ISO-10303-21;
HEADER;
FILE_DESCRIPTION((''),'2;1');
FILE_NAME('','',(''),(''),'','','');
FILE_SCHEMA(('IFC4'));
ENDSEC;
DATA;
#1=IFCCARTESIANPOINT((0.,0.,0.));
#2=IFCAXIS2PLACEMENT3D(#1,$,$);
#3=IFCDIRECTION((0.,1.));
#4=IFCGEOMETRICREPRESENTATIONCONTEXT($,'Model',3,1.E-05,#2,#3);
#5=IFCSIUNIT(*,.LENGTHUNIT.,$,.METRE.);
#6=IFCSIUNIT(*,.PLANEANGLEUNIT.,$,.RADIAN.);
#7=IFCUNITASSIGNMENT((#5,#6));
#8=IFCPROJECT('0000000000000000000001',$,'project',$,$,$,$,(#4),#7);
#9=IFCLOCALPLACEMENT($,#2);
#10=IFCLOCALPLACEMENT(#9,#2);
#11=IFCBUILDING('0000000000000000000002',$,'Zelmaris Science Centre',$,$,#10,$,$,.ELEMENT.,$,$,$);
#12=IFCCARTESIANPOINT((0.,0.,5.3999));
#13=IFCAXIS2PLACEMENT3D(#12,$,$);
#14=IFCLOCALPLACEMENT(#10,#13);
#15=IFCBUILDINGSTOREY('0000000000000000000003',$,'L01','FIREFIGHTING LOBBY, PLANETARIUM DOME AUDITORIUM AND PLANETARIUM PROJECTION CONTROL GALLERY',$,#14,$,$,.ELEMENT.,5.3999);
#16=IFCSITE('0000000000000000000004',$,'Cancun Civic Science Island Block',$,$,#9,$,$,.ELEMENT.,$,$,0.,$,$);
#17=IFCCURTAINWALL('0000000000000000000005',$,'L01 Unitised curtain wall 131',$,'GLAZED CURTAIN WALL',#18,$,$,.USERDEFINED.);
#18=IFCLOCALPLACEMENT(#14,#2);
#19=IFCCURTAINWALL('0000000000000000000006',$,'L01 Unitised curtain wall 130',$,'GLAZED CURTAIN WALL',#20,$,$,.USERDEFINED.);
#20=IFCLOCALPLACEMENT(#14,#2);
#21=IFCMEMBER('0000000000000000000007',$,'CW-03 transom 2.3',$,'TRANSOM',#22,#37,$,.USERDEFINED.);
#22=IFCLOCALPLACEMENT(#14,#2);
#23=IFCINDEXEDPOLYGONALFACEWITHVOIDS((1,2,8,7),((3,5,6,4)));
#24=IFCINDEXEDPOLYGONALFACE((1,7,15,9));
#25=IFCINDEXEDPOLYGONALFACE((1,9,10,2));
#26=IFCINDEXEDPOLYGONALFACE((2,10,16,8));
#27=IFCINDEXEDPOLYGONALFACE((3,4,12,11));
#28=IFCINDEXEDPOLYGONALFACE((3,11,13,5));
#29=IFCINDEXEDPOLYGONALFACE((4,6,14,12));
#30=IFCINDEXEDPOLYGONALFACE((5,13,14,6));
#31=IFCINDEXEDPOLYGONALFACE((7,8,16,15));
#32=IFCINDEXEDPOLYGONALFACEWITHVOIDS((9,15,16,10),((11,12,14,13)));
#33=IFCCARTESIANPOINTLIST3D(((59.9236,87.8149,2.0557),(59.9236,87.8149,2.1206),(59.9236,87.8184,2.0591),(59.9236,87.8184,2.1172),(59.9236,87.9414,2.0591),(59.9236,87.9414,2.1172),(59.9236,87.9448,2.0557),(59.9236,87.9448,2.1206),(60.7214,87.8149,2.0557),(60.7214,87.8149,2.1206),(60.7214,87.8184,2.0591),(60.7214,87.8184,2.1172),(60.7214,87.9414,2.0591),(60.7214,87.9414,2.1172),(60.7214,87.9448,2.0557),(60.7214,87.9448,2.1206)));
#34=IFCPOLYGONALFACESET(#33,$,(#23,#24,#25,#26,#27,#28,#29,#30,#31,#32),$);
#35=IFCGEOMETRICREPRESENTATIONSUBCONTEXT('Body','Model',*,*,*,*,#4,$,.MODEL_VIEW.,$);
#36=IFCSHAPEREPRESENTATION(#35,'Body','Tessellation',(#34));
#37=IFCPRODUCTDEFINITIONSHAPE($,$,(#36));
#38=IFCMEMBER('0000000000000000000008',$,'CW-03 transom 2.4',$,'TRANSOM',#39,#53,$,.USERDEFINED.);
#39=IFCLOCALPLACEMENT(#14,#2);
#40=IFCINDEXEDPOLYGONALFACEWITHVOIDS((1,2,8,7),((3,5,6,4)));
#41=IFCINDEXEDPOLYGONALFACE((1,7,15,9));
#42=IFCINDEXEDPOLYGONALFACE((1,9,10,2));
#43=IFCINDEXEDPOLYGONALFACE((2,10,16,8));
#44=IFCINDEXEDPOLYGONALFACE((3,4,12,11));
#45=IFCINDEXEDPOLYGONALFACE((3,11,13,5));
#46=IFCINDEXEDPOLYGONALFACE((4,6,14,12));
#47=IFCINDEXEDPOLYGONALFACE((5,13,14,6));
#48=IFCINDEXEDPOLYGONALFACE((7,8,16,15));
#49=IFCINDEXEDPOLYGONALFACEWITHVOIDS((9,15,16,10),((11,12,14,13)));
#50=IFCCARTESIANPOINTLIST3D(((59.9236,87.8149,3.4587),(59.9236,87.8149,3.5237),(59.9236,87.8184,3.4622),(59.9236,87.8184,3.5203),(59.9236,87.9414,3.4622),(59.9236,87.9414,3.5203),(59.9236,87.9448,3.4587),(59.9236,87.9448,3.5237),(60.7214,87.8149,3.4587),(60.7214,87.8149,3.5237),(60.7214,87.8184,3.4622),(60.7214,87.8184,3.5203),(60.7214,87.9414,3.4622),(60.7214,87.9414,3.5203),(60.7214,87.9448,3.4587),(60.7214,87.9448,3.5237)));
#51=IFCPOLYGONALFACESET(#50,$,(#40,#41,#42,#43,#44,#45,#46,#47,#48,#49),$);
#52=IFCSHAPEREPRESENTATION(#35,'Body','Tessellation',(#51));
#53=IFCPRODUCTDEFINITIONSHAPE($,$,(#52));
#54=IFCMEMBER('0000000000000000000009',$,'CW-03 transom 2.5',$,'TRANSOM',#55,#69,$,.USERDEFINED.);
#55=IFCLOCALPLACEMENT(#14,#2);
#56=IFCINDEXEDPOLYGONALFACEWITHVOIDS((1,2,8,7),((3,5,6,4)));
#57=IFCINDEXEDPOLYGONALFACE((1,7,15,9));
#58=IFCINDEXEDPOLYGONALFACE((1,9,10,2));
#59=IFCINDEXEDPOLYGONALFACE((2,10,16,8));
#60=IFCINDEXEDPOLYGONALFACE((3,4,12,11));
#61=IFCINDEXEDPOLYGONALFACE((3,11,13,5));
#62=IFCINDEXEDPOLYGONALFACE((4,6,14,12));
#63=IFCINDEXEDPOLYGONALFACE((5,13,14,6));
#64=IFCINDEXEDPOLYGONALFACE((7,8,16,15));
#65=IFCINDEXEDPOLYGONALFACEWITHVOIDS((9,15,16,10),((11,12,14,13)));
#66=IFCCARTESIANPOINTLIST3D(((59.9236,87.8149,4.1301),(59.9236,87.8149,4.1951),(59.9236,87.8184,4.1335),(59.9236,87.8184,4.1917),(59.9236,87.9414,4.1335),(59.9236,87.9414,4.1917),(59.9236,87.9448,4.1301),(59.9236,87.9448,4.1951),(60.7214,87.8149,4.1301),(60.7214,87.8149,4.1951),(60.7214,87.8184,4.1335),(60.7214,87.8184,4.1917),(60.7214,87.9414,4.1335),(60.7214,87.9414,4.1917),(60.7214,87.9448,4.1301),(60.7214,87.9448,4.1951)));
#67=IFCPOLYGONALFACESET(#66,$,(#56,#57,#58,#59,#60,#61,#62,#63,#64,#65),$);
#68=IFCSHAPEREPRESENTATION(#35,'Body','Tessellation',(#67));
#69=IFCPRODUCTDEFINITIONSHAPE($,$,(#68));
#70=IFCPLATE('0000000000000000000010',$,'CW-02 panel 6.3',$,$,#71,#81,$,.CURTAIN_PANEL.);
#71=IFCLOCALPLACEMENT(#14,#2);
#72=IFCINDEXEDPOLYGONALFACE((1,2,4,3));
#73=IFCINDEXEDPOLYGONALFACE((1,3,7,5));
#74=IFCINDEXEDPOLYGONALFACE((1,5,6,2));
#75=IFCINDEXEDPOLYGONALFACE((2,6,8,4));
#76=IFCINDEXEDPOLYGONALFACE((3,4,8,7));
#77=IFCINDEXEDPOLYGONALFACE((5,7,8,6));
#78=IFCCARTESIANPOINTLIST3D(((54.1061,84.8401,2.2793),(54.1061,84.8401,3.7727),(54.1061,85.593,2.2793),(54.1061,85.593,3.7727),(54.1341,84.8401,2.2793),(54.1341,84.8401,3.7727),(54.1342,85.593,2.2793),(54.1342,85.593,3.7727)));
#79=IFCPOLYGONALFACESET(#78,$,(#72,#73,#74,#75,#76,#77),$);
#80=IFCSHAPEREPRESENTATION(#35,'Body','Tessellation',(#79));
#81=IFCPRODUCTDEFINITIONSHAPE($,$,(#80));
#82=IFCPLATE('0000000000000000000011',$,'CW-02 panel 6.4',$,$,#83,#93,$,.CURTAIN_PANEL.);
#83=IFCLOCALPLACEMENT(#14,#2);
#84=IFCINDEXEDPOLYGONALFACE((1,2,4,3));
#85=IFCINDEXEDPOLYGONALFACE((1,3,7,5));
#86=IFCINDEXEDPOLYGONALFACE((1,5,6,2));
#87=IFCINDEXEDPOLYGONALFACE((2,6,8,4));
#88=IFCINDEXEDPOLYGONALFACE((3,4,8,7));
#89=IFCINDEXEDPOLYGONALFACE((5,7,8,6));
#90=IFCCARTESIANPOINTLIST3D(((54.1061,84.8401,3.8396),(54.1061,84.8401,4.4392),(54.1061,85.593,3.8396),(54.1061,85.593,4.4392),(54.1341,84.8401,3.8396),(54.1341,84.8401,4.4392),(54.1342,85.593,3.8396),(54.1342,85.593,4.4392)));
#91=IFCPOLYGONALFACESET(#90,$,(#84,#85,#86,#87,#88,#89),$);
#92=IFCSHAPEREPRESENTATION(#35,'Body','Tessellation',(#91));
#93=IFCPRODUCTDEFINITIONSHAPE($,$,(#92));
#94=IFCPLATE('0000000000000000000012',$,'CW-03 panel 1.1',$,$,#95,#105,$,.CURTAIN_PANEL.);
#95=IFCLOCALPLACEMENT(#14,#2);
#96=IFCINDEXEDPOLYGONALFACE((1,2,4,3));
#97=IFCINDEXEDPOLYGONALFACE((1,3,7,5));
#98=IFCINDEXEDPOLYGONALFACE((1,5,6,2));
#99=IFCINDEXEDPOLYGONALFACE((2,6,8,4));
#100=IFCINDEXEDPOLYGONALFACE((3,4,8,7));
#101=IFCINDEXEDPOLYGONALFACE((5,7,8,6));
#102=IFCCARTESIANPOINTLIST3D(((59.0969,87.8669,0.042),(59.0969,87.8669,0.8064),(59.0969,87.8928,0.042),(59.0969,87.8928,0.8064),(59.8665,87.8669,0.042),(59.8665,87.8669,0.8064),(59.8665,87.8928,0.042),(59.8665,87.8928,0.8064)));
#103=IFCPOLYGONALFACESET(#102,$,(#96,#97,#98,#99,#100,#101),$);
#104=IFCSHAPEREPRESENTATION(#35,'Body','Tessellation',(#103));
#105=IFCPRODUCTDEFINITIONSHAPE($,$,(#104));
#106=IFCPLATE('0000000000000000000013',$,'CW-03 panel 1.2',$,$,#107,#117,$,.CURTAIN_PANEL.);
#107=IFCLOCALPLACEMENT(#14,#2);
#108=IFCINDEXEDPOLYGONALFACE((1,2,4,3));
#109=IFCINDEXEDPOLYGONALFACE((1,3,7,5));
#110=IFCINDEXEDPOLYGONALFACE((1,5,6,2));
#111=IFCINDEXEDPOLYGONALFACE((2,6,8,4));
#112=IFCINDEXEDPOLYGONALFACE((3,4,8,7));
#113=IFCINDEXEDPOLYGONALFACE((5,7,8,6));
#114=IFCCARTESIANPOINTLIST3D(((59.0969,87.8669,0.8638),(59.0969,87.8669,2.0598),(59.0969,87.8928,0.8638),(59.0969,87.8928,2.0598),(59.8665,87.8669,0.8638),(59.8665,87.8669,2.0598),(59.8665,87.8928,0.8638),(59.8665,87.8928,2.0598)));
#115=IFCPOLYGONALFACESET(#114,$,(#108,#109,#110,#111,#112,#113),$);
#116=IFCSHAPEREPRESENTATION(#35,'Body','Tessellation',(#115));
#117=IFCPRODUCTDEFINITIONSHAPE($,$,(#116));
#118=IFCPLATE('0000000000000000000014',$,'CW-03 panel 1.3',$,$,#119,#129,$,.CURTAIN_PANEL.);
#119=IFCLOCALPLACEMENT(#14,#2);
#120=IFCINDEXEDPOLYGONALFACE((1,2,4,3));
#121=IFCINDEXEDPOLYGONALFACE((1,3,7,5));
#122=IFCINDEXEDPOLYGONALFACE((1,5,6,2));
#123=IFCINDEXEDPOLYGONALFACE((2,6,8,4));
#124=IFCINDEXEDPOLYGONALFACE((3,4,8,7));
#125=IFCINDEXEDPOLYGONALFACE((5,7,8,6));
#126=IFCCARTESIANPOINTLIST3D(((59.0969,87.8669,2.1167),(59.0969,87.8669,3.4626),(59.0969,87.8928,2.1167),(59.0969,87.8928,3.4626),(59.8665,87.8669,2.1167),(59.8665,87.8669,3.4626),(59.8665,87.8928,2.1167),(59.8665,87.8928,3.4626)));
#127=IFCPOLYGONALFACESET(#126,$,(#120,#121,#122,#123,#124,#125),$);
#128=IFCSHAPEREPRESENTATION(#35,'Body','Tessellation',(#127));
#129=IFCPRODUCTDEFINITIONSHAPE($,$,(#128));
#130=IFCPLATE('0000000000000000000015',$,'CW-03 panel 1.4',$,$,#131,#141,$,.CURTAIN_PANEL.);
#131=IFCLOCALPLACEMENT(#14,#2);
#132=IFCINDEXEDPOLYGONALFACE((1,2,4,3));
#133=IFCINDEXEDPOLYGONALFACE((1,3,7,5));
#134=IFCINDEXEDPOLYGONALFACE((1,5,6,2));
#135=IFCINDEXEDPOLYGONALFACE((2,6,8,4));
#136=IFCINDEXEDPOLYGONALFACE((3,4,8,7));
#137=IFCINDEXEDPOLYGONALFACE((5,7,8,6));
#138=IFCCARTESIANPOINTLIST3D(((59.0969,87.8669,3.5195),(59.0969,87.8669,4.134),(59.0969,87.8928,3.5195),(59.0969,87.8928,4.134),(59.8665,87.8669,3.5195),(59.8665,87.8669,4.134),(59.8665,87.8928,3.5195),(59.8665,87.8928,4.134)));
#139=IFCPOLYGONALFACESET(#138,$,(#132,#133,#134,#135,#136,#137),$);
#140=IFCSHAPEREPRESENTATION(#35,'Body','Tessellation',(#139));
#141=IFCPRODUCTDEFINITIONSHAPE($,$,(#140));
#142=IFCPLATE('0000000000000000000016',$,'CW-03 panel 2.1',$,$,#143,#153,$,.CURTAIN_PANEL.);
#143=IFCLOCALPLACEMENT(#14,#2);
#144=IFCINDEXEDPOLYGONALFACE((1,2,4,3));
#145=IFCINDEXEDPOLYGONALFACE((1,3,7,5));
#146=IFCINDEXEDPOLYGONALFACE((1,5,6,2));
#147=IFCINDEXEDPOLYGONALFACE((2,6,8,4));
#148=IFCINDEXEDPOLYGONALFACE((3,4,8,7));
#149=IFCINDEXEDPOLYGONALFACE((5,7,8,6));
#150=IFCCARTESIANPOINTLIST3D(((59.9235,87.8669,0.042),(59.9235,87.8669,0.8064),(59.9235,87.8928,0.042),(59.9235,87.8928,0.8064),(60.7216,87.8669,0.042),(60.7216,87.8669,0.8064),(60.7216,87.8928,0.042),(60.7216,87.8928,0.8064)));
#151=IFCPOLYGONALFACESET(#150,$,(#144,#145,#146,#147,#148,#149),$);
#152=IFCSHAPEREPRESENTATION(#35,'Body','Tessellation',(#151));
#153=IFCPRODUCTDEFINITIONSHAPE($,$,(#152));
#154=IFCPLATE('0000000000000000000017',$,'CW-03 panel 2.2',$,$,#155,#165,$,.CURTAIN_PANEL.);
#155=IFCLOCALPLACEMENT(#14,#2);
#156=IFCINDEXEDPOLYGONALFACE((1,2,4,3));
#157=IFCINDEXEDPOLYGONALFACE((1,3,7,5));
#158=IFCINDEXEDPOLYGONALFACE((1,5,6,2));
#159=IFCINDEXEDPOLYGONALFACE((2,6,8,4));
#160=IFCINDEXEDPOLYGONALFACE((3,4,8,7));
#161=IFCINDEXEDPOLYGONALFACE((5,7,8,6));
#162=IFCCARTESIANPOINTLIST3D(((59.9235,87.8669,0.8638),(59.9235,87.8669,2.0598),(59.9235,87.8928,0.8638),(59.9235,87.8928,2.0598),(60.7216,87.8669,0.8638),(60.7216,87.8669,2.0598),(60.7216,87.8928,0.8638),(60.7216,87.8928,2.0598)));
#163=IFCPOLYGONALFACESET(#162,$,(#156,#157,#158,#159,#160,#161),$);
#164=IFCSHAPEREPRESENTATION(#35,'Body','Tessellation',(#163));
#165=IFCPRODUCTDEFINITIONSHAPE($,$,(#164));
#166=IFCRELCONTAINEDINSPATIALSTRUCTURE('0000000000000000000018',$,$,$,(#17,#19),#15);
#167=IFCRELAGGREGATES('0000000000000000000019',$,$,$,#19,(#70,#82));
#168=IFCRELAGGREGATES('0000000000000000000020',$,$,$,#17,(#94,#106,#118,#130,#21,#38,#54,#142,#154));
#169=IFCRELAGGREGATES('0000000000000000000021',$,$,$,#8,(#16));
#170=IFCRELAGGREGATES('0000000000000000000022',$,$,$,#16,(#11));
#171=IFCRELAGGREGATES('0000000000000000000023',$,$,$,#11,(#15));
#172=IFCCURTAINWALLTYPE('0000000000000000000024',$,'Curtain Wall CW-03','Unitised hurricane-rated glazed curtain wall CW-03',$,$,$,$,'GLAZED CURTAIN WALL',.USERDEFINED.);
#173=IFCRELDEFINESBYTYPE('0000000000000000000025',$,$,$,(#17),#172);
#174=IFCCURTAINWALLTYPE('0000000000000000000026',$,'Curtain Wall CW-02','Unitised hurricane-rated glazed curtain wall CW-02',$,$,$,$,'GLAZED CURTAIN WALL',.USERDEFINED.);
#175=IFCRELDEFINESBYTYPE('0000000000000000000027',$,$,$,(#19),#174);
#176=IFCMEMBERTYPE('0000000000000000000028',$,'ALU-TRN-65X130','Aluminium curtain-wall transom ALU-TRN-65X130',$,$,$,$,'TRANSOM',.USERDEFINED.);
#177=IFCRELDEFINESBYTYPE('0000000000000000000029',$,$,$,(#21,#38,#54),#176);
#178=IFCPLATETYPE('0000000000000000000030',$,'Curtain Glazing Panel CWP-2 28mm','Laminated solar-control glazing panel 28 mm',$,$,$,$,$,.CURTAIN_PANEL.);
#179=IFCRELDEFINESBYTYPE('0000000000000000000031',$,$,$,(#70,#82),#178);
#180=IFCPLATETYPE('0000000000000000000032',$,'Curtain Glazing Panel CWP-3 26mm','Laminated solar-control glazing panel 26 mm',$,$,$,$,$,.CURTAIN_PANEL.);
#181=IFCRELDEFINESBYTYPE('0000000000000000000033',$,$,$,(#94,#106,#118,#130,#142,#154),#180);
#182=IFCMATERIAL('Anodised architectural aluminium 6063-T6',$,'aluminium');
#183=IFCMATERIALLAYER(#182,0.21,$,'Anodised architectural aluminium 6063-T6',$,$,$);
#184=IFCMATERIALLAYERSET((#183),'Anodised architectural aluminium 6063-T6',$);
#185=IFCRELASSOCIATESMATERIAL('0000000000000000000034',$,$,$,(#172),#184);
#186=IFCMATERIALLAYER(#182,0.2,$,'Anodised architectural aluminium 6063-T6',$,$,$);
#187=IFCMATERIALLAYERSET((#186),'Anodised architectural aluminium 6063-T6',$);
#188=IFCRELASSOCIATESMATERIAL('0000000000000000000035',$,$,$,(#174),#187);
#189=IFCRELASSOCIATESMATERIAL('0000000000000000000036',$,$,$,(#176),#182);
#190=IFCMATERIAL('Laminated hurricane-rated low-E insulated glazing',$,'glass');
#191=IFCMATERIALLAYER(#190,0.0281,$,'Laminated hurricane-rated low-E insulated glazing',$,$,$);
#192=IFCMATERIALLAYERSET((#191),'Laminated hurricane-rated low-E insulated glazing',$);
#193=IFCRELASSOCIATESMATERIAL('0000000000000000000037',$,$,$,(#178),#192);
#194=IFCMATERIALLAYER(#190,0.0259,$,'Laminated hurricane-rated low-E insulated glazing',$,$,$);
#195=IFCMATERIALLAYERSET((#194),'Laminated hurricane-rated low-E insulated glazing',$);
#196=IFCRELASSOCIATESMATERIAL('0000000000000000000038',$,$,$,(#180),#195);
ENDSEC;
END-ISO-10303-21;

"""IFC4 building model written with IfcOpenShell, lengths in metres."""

from ifc_helpers import new_model, si_unit, direction, frame, origin, origin_2d, place, context, subcontext, project, spatial, rectangle, hollow_rectangle, extrude, material, layer, layer_set, material_profile, profile_set, type_object, element, aggregate, save


model = new_model("IFC4")

# Units and contexts
model_context = context("Model", 3, precision=1e-05, world=origin(), true_north=direction((0.0, 1.0)))
body_context = subcontext(model_context, "Body", "Model", "MODEL_VIEW")
ifc_project = project(units=[si_unit("LENGTHUNIT", "METRE"), si_unit("PLANEANGLEUNIT", "RADIAN")], contexts=[model_context])

# Site, building, storey
site_placement = place(None, origin())
site = spatial("IfcSite", under=ifc_project, at=site_placement, Name="Cancun Civic Science Island Block", CompositionType="ELEMENT", RefElevation=0.0)
building_placement = place(site_placement, origin())
building = spatial("IfcBuilding", under=site, at=building_placement, Name="Zelmaris Science Centre", CompositionType="ELEMENT")
storey_placement = place(building_placement, frame((0.0, 0.0, 5.3999)))
storey = spatial("IfcBuildingStorey", under=building, at=storey_placement, Name="L01", Description="FIREFIGHTING LOBBY, PLANETARIUM DOME AUDITORIUM AND PLANETARIUM PROJECTION CONTROL GALLERY", CompositionType="ELEMENT", Elevation=5.3999)

# Curtain wall
ifc_material_1 = material(Name="Anodised architectural aluminium 6063-T6", Category="aluminium")
ifc_layer_1 = layer(ifc_material_1, 0.21, Name="Anodised architectural aluminium 6063-T6")
ifc_layer_set_1 = layer_set([ifc_layer_1], Name="Anodised architectural aluminium 6063-T6")
curtain_wall_type_1 = type_object("IfcCurtainWallType", Name="Curtain Wall CW-03", Description="Unitised hurricane-rated glazed curtain wall CW-03", ElementType="GLAZED CURTAIN WALL", PredefinedType="USERDEFINED", material=ifc_layer_set_1)
curtain_wall_1_placement = place(storey_placement, origin())
curtain_wall_1 = element("IfcCurtainWall", 1, at=curtain_wall_1_placement, inside=storey, type_object=curtain_wall_type_1, Name="L01 Unitised curtain wall 131", ObjectType="GLAZED CURTAIN WALL", PredefinedType="USERDEFINED")

# Curtain wall
ifc_layer_2 = layer(ifc_material_1, 0.2, Name="Anodised architectural aluminium 6063-T6")
ifc_layer_set_2 = layer_set([ifc_layer_2], Name="Anodised architectural aluminium 6063-T6")
curtain_wall_type_2 = type_object("IfcCurtainWallType", Name="Curtain Wall CW-02", Description="Unitised hurricane-rated glazed curtain wall CW-02", ElementType="GLAZED CURTAIN WALL", PredefinedType="USERDEFINED", material=ifc_layer_set_2)
curtain_wall_2_placement = place(storey_placement, origin())
curtain_wall_2 = element("IfcCurtainWall", 2, at=curtain_wall_2_placement, inside=storey, type_object=curtain_wall_type_2, Name="L01 Unitised curtain wall 130", ObjectType="GLAZED CURTAIN WALL", PredefinedType="USERDEFINED")

# Members
ifc_material_profile_1 = material_profile(ifc_material_1, hollow_rectangle(XDim=0.0649, YDim=0.1299, WallThickness=0.0034, at=origin_2d()), Name="ALU-TRN-65X130")
ifc_profile_set_1 = profile_set([ifc_material_profile_1], Name="Anodised architectural aluminium 6063-T6")
member_type_1 = type_object("IfcMemberType", Name="ALU-TRN-65X130", Description="Aluminium curtain-wall transom ALU-TRN-65X130", ElementType="TRANSOM", PredefinedType="USERDEFINED", material=ifc_profile_set_1)
member_1_placement = place(storey_placement, frame((59.9236, 87.8799, 2.0881), z_axis=(1.0, 0.0, 0.0), x_axis=(0.0, 0.0, 1.0)))
member_1 = element("IfcMember", 3, at=member_1_placement, type_object=member_type_1, Name="CW-03 transom 2.3", ObjectType="TRANSOM", PredefinedType="USERDEFINED", context=body_context, shape_type="SweptSolid", body=[
    extrude(hollow_rectangle(XDim=0.0649, YDim=0.1299, WallThickness=0.0034, at=origin_2d()), origin(), (0.0, 0.0, 1.0), 0.7979),
])
member_2_placement = place(storey_placement, frame((59.9236, 87.8799, 3.4912), z_axis=(1.0, 0.0, 0.0), x_axis=(0.0, 0.0, 1.0)))
member_2 = element("IfcMember", 4, at=member_2_placement, type_object=member_type_1, Name="CW-03 transom 2.4", ObjectType="TRANSOM", PredefinedType="USERDEFINED", context=body_context, shape_type="SweptSolid", body=[
    extrude(hollow_rectangle(XDim=0.0649, YDim=0.1299, WallThickness=0.0034, at=origin_2d()), origin(), (0.0, 0.0, 1.0), 0.7979),
])
member_3_placement = place(storey_placement, frame((59.9236, 87.8799, 4.1626), z_axis=(1.0, 0.0, 0.0), x_axis=(0.0, 0.0, 1.0)))
member_3 = element("IfcMember", 5, at=member_3_placement, type_object=member_type_1, Name="CW-03 transom 2.5", ObjectType="TRANSOM", PredefinedType="USERDEFINED", context=body_context, shape_type="SweptSolid", body=[
    extrude(hollow_rectangle(XDim=0.0649, YDim=0.1299, WallThickness=0.0034, at=origin_2d()), origin(), (0.0, 0.0, 1.0), 0.7979),
])

# Plates
ifc_material_2 = material(Name="Laminated hurricane-rated low-E insulated glazing", Category="glass")
ifc_layer_3 = layer(ifc_material_2, 0.0281, Name="Laminated hurricane-rated low-E insulated glazing")
ifc_layer_set_3 = layer_set([ifc_layer_3], Name="Laminated hurricane-rated low-E insulated glazing")
plate_type_1 = type_object("IfcPlateType", Name="Curtain Glazing Panel CWP-2 28mm", Description="Laminated solar-control glazing panel 28 mm", PredefinedType="CURTAIN_PANEL", material=ifc_layer_set_3)
plate_1_placement = place(storey_placement, frame((54.1201, 85.2166, 2.2793), z_axis=(0.0, 0.0, 1.0), x_axis=(0.00002, 1.0, 0.0)))
plate_1 = element("IfcPlate", 6, at=plate_1_placement, type_object=plate_type_1, Name="CW-02 panel 6.3", PredefinedType="CURTAIN_PANEL", context=body_context, shape_type="SweptSolid", body=[
    extrude(rectangle(XDim=0.7529, YDim=0.0281, at=origin_2d()), origin(), (0.0, 0.0, 1.0), 1.4934),
])
plate_2_placement = place(storey_placement, frame((54.1201, 85.2166, 3.8396), z_axis=(0.0, 0.0, 1.0), x_axis=(0.00002, 1.0, 0.0)))
plate_2 = element("IfcPlate", 7, at=plate_2_placement, type_object=plate_type_1, Name="CW-02 panel 6.4", PredefinedType="CURTAIN_PANEL", context=body_context, shape_type="SweptSolid", body=[
    extrude(rectangle(XDim=0.7529, YDim=0.0281, at=origin_2d()), origin(), (0.0, 0.0, 1.0), 0.5996),
])
aggregate(curtain_wall_2, [plate_1, plate_2])
ifc_layer_4 = layer(ifc_material_2, 0.0259, Name="Laminated hurricane-rated low-E insulated glazing")
ifc_layer_set_4 = layer_set([ifc_layer_4], Name="Laminated hurricane-rated low-E insulated glazing")
plate_type_2 = type_object("IfcPlateType", Name="Curtain Glazing Panel CWP-3 26mm", Description="Laminated solar-control glazing panel 26 mm", PredefinedType="CURTAIN_PANEL", material=ifc_layer_set_4)
plate_3_placement = place(storey_placement, frame((59.4817, 87.8799, 0.042), z_axis=(0.0, 0.0, 1.0), x_axis=(1.0, 0.0, 0.0)))
plate_3 = element("IfcPlate", 8, at=plate_3_placement, type_object=plate_type_2, Name="CW-03 panel 1.1", PredefinedType="CURTAIN_PANEL", context=body_context, shape_type="SweptSolid", body=[
    extrude(rectangle(XDim=0.7695, YDim=0.0259, at=origin_2d()), origin(), (0.0, 0.0, 1.0), 0.7644),
])
plate_4_placement = place(storey_placement, frame((59.4817, 87.8799, 0.8638), z_axis=(0.0, 0.0, 1.0), x_axis=(1.0, 0.0, 0.0)))
plate_4 = element("IfcPlate", 9, at=plate_4_placement, type_object=plate_type_2, Name="CW-03 panel 1.2", PredefinedType="CURTAIN_PANEL", context=body_context, shape_type="SweptSolid", body=[
    extrude(rectangle(XDim=0.7695, YDim=0.0259, at=origin_2d()), origin(), (0.0, 0.0, 1.0), 1.196),
])
plate_5_placement = place(storey_placement, frame((59.4817, 87.8799, 2.1167), z_axis=(0.0, 0.0, 1.0), x_axis=(1.0, 0.0, 0.0)))
plate_5 = element("IfcPlate", 10, at=plate_5_placement, type_object=plate_type_2, Name="CW-03 panel 1.3", PredefinedType="CURTAIN_PANEL", context=body_context, shape_type="SweptSolid", body=[
    extrude(rectangle(XDim=0.7695, YDim=0.0259, at=origin_2d()), origin(), (0.0, 0.0, 1.0), 1.3459),
])
plate_6_placement = place(storey_placement, frame((59.4817, 87.8799, 3.5195), z_axis=(0.0, 0.0, 1.0), x_axis=(1.0, 0.0, 0.0)))
plate_6 = element("IfcPlate", 11, at=plate_6_placement, type_object=plate_type_2, Name="CW-03 panel 1.4", PredefinedType="CURTAIN_PANEL", context=body_context, shape_type="SweptSolid", body=[
    extrude(rectangle(XDim=0.7695, YDim=0.0259, at=origin_2d()), origin(), (0.0, 0.0, 1.0), 0.6145),
])
plate_7_placement = place(storey_placement, frame((60.3225, 87.8799, 0.042), z_axis=(0.0, 0.0, 1.0), x_axis=(1.0, 0.0, 0.0)))
plate_7 = element("IfcPlate", 12, at=plate_7_placement, type_object=plate_type_2, Name="CW-03 panel 2.1", PredefinedType="CURTAIN_PANEL", context=body_context, shape_type="SweptSolid", body=[
    extrude(rectangle(XDim=0.7981, YDim=0.0259, at=origin_2d()), origin(), (0.0, 0.0, 1.0), 0.7644),
])
plate_8_placement = place(storey_placement, frame((60.3225, 87.8799, 0.8638), z_axis=(0.0, 0.0, 1.0), x_axis=(1.0, 0.0, 0.0)))
plate_8 = element("IfcPlate", 13, at=plate_8_placement, type_object=plate_type_2, Name="CW-03 panel 2.2", PredefinedType="CURTAIN_PANEL", context=body_context, shape_type="SweptSolid", body=[
    extrude(rectangle(XDim=0.7981, YDim=0.0259, at=origin_2d()), origin(), (0.0, 0.0, 1.0), 1.196),
])
aggregate(curtain_wall_1, [plate_3, plate_4, plate_5, plate_6, member_1, member_2, member_3, plate_7, plate_8])

save(model, "model.ifc")
